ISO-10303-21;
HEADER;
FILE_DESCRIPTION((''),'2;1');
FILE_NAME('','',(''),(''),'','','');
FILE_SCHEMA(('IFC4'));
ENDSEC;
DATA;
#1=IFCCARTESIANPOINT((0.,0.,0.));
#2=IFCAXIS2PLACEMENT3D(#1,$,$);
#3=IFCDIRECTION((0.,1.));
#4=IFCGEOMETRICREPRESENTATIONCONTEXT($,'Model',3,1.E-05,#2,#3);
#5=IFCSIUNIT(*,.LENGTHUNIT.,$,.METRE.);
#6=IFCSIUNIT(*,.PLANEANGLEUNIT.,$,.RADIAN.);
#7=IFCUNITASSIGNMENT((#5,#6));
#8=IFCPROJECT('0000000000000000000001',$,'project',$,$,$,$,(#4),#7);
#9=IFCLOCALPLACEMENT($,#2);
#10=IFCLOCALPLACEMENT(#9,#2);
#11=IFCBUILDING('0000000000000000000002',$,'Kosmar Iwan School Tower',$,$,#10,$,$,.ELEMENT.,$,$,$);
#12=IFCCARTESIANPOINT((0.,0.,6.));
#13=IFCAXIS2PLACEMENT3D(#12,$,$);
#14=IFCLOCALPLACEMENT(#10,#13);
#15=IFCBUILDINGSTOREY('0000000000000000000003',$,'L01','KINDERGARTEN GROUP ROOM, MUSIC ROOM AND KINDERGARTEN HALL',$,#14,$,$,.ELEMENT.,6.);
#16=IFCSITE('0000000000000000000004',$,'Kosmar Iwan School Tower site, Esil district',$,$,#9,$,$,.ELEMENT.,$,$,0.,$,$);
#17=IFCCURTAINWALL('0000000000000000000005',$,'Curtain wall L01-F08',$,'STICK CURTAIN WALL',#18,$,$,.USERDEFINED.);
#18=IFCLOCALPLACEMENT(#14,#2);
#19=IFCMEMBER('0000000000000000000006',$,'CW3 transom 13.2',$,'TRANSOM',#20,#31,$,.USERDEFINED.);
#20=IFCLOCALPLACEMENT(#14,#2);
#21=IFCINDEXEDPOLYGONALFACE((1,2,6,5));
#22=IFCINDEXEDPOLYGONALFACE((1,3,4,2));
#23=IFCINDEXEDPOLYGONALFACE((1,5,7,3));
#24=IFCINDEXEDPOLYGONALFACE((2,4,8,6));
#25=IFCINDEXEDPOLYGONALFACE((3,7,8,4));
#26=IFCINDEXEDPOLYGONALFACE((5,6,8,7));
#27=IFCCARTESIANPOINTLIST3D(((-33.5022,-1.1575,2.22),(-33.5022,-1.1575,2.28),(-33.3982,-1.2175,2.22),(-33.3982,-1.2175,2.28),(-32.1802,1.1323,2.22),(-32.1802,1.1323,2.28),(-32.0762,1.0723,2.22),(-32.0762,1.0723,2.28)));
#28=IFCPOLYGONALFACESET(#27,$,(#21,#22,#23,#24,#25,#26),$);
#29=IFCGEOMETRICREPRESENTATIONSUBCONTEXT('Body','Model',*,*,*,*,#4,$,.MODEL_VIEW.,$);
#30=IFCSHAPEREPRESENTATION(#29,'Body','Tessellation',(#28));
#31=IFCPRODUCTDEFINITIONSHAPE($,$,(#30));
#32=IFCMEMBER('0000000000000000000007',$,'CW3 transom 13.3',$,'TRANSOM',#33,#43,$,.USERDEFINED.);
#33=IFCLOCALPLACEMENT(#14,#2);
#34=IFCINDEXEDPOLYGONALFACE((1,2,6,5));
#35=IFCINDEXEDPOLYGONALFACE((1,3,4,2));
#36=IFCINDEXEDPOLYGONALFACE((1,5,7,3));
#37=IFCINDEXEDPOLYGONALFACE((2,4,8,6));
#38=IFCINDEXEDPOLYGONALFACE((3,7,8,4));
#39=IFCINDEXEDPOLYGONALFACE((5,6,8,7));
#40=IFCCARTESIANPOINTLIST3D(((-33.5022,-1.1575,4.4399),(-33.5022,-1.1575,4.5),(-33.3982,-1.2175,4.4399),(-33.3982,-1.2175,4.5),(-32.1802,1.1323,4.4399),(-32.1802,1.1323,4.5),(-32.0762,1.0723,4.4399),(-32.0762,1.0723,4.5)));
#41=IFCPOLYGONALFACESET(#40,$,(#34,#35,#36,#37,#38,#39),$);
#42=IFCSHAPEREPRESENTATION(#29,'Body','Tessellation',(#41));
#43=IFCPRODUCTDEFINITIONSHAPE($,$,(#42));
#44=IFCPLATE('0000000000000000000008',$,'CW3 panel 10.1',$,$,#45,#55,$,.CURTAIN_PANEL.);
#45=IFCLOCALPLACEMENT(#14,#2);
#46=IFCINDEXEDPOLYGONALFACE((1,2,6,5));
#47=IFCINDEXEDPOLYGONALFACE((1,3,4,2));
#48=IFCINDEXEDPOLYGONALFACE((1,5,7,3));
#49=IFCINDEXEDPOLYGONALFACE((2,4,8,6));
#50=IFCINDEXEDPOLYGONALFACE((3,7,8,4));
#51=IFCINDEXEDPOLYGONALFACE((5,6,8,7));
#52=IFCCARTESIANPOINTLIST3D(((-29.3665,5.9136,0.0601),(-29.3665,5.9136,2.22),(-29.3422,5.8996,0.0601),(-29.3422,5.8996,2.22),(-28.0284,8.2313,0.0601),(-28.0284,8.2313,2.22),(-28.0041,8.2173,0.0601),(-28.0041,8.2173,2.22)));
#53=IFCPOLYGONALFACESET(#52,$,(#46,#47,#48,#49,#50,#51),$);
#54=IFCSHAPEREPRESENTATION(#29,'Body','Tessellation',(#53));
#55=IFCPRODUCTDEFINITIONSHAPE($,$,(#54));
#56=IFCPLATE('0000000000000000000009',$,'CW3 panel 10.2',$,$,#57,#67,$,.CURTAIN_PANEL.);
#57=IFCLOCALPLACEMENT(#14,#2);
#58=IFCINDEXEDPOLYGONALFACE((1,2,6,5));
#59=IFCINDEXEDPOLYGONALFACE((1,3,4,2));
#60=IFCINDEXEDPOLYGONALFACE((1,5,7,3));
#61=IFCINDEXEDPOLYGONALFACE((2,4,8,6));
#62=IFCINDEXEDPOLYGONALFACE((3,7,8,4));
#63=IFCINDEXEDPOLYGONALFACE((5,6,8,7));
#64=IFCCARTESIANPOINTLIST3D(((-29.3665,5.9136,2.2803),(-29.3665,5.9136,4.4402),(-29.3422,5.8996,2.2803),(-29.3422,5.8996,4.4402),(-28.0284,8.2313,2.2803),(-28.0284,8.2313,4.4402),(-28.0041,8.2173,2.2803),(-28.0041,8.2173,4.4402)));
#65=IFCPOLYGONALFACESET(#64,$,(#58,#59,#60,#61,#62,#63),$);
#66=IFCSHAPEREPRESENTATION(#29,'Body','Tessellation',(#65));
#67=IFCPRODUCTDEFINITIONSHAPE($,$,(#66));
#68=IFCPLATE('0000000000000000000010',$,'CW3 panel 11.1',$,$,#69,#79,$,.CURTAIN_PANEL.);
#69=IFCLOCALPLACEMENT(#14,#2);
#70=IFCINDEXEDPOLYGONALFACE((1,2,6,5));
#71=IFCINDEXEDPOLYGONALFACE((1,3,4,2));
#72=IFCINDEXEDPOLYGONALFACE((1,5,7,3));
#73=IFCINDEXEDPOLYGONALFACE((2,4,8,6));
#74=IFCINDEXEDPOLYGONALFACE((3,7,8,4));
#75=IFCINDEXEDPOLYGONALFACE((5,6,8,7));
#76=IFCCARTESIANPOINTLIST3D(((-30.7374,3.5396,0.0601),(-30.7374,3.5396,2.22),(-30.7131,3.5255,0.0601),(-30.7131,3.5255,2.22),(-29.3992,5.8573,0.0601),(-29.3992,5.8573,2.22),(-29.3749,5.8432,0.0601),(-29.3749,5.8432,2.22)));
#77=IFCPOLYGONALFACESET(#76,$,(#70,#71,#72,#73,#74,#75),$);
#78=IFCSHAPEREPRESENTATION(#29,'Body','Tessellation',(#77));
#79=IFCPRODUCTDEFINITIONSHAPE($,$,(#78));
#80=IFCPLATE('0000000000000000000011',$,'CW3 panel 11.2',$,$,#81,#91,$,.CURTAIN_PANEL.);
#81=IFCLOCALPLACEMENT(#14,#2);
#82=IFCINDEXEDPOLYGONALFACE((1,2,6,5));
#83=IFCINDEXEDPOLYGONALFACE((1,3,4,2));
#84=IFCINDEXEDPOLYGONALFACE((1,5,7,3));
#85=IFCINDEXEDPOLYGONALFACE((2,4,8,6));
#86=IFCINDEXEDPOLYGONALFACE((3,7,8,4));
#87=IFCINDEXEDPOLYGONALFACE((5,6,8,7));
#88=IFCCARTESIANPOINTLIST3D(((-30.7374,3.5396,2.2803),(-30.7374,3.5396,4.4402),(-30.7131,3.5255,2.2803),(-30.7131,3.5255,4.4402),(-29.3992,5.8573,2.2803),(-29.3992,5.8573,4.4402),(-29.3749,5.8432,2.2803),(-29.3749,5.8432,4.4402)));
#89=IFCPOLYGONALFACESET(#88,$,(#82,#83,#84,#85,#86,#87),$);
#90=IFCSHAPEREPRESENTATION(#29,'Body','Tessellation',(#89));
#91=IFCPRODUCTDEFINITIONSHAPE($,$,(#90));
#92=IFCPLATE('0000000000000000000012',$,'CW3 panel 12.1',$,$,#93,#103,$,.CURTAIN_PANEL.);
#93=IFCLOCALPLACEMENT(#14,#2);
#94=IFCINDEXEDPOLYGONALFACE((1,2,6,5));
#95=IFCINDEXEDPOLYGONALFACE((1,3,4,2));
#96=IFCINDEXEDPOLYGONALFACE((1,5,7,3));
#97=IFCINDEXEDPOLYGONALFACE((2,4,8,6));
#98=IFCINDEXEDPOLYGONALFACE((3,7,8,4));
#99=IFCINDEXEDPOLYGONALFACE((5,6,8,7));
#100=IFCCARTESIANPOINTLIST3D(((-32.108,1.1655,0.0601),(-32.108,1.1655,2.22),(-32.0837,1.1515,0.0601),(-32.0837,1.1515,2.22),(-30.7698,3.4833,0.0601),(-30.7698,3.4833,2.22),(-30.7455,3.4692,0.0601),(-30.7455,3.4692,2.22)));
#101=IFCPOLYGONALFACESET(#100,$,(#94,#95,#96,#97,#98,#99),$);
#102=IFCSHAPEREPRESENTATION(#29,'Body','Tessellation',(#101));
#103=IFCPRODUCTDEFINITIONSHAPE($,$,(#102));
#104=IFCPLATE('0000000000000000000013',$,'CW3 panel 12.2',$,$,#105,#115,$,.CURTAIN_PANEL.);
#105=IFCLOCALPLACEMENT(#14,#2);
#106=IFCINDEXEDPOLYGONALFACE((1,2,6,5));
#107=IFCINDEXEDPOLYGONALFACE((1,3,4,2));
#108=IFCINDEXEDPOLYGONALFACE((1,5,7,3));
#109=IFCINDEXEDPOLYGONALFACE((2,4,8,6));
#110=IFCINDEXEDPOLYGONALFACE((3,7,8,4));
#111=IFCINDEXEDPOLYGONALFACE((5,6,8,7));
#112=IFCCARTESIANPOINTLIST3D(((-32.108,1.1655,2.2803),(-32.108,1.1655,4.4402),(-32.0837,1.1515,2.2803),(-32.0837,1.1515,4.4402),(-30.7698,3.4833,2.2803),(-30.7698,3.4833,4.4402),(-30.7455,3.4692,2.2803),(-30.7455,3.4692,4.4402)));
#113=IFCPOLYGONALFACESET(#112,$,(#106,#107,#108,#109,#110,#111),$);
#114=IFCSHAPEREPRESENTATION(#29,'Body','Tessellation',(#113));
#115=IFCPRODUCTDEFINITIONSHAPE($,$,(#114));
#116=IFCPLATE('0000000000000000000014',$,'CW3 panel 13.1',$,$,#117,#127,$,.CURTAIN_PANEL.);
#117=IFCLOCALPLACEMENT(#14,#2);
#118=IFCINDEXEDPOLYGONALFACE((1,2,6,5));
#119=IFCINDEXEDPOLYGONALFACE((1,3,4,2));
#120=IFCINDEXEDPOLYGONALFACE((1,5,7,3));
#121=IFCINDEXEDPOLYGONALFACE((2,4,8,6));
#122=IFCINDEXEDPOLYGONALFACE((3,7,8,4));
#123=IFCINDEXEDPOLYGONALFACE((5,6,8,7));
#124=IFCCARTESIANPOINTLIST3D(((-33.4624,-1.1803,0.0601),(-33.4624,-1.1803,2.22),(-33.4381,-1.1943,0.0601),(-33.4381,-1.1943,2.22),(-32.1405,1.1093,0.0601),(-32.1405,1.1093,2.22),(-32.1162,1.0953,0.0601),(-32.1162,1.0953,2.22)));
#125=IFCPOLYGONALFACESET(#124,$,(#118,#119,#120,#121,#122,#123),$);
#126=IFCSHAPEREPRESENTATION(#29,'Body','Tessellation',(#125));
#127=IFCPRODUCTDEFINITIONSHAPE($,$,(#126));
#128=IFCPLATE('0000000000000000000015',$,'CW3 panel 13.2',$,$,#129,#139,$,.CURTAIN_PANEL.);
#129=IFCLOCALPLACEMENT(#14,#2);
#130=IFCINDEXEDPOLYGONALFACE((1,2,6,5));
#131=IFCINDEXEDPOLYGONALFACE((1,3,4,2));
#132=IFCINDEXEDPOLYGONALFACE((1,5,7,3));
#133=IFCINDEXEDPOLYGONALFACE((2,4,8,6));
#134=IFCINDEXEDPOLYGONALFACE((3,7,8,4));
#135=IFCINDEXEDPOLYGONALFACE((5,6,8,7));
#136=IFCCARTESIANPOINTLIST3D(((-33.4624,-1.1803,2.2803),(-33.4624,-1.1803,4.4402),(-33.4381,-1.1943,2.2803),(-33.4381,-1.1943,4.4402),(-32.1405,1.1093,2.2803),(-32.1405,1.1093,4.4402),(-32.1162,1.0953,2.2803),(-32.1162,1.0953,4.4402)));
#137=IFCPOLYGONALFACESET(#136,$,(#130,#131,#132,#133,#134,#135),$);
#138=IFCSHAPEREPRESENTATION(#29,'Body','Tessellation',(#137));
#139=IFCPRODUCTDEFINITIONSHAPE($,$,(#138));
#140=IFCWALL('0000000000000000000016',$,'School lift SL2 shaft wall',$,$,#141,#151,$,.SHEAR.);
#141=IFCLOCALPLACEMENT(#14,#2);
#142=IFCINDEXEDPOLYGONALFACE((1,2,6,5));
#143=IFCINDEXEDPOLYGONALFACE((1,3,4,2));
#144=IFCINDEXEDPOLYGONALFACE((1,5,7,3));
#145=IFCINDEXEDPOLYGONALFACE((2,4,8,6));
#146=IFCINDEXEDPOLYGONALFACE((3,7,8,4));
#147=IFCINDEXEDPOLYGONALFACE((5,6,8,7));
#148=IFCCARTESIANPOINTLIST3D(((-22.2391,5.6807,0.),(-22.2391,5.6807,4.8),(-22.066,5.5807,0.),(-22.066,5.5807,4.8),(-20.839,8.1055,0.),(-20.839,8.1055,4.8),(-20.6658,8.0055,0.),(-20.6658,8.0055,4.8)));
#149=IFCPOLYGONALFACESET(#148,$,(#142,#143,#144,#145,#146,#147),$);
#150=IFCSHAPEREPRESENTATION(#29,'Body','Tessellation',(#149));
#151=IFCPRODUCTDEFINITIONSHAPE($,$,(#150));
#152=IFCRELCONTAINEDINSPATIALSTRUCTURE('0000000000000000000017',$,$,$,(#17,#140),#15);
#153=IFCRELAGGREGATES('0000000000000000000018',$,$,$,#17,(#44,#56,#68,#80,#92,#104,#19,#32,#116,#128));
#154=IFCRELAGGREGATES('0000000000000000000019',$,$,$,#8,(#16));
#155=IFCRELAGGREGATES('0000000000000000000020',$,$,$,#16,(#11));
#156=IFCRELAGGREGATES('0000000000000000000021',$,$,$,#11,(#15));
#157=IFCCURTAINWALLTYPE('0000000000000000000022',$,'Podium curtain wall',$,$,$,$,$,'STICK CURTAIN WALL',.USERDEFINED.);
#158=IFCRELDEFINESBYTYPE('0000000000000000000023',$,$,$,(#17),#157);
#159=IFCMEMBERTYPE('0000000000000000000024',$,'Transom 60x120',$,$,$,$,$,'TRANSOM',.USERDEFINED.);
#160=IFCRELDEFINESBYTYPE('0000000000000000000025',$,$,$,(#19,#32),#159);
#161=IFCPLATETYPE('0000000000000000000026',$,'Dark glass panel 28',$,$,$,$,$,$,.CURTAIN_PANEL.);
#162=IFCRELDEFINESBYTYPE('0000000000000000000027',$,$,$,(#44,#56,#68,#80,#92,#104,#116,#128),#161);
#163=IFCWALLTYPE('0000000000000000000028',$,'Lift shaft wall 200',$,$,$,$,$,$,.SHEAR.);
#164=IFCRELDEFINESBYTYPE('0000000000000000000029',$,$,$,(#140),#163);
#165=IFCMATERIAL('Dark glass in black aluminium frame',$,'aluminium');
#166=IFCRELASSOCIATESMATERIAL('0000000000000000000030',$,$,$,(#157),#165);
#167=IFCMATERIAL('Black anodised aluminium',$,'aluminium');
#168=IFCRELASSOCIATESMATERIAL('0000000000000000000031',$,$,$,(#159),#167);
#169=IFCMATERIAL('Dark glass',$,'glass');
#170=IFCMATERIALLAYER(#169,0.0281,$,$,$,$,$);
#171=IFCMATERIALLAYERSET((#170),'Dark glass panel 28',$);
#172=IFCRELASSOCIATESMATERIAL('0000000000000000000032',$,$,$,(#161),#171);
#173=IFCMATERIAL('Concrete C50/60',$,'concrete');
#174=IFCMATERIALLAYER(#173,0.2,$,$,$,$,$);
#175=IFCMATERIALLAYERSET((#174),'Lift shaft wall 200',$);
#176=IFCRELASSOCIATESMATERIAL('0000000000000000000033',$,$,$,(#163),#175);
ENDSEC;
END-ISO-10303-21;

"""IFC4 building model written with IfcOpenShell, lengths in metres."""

from ifc_helpers import new_model, si_unit, direction, frame, frame_2d, origin, origin_2d, place, context, subcontext, project, spatial, rectangle, extrude, material, layer, layer_set, material_profile, profile_set, type_object, element, aggregate, save


model = new_model("IFC4")

# Units and contexts
model_context = context("Model", 3, precision=1e-05, world=origin(), true_north=direction((0.0, 1.0)))
body_context = subcontext(model_context, "Body", "Model", "MODEL_VIEW")
ifc_project = project(units=[si_unit("LENGTHUNIT", "METRE"), si_unit("PLANEANGLEUNIT", "RADIAN")], contexts=[model_context])

# Site, building, storey
site_placement = place(None, origin())
site = spatial("IfcSite", under=ifc_project, at=site_placement, Name="Kosmar Iwan School Tower site, Esil district", CompositionType="ELEMENT", RefElevation=0.0)
building_placement = place(site_placement, origin())
building = spatial("IfcBuilding", under=site, at=building_placement, Name="Kosmar Iwan School Tower", CompositionType="ELEMENT")
storey_placement = place(building_placement, frame((0.0, 0.0, 6.0)))
storey = spatial("IfcBuildingStorey", under=building, at=storey_placement, Name="L01", Description="KINDERGARTEN GROUP ROOM, MUSIC ROOM AND KINDERGARTEN HALL", CompositionType="ELEMENT", Elevation=6.0)

# Curtain wall, members, plates
ifc_material_1 = material(Name="Dark glass in black aluminium frame", Category="aluminium")
curtain_wall_type = type_object("IfcCurtainWallType", Name="Podium curtain wall", ElementType="STICK CURTAIN WALL", PredefinedType="USERDEFINED", material=ifc_material_1)
curtain_wall_placement = place(storey_placement, origin())
curtain_wall = element("IfcCurtainWall", 1, at=curtain_wall_placement, inside=storey, type_object=curtain_wall_type, Name="Curtain wall L01-F08", ObjectType="STICK CURTAIN WALL", PredefinedType="USERDEFINED")
ifc_material_2 = material(Name="Black anodised aluminium", Category="aluminium")
ifc_material_profile_1 = material_profile(ifc_material_2, rectangle(XDim=0.1201, YDim=0.0601, at=origin_2d()), Name="TRANSOM 60x120")
ifc_profile_set_1 = profile_set([ifc_material_profile_1], Name="Black anodised aluminium")
member_type_1 = type_object("IfcMemberType", Name="Transom 60x120", ElementType="TRANSOM", PredefinedType="USERDEFINED", material=ifc_profile_set_1)
member_1_placement = place(storey_placement, frame((-32.1282, 1.1023, 2.25), z_axis=(-0.500002, -0.866024, 0.0), x_axis=(0.866024, -0.500002, 0.0)))
member_1 = element("IfcMember", 2, at=member_1_placement, type_object=member_type_1, Name="CW3 transom 13.2", ObjectType="TRANSOM", PredefinedType="USERDEFINED", context=body_context, shape_type="SweptSolid", body=[
    extrude(rectangle(XDim=0.1201, YDim=0.0601, at=origin_2d()), origin(), (0.0, 0.0, 1.0), 2.644),
])
member_2_placement = place(storey_placement, frame((-32.1282, 1.1023, 4.47), z_axis=(-0.500002, -0.866024, 0.0), x_axis=(0.866024, -0.500002, 0.0)))
member_2 = element("IfcMember", 3, at=member_2_placement, type_object=member_type_1, Name="CW3 transom 13.3", ObjectType="TRANSOM", PredefinedType="USERDEFINED", context=body_context, shape_type="SweptSolid", body=[
    extrude(rectangle(XDim=0.1201, YDim=0.0601, at=origin_2d()), origin(), (0.0, 0.0, 1.0), 2.644),
])
ifc_material_3 = material(Name="Dark glass", Category="glass")
ifc_layer_1 = layer(ifc_material_3, 0.0281)
ifc_layer_set_1 = layer_set([ifc_layer_1], Name="Dark glass panel 28")
plate_type = type_object("IfcPlateType", Name="Dark glass panel 28", PredefinedType="CURTAIN_PANEL", material=ifc_layer_set_1)
plate_1_placement = place(storey_placement, frame((-28.6853, 7.0654, 0.0601), z_axis=(0.0, 0.0, 1.0), x_axis=(-0.5, -0.866025, 0.0)))
plate_1 = element("IfcPlate", 4, at=plate_1_placement, type_object=plate_type, Name="CW3 panel 10.1", PredefinedType="CURTAIN_PANEL", context=body_context, shape_type="SweptSolid", body=[
    extrude(rectangle(XDim=2.6763, YDim=0.0281, at=origin_2d()), origin(), (0.0, 0.0, 1.0), 2.1599),
])
plate_2_placement = place(storey_placement, frame((-28.6853, 7.0654, 2.2803), z_axis=(0.0, 0.0, 1.0), x_axis=(-0.5, -0.866025, 0.0)))
plate_2 = element("IfcPlate", 5, at=plate_2_placement, type_object=plate_type, Name="CW3 panel 10.2", PredefinedType="CURTAIN_PANEL", context=body_context, shape_type="SweptSolid", body=[
    extrude(rectangle(XDim=2.6763, YDim=0.0281, at=origin_2d()), origin(), (0.0, 0.0, 1.0), 2.1599),
])
plate_3_placement = place(storey_placement, frame((-30.0562, 4.6914, 0.0601), z_axis=(0.0, 0.0, 1.0), x_axis=(-0.5, -0.866025, 0.0)))
plate_3 = element("IfcPlate", 6, at=plate_3_placement, type_object=plate_type, Name="CW3 panel 11.1", PredefinedType="CURTAIN_PANEL", context=body_context, shape_type="SweptSolid", body=[
    extrude(rectangle(XDim=2.6763, YDim=0.0281, at=origin_2d()), origin(), (0.0, 0.0, 1.0), 2.1599),
])
plate_4_placement = place(storey_placement, frame((-30.0562, 4.6914, 2.2803), z_axis=(0.0, 0.0, 1.0), x_axis=(-0.5, -0.866025, 0.0)))
plate_4 = element("IfcPlate", 7, at=plate_4_placement, type_object=plate_type, Name="CW3 panel 11.2", PredefinedType="CURTAIN_PANEL", context=body_context, shape_type="SweptSolid", body=[
    extrude(rectangle(XDim=2.6763, YDim=0.0281, at=origin_2d()), origin(), (0.0, 0.0, 1.0), 2.1599),
])
plate_5_placement = place(storey_placement, frame((-31.4268, 2.3174, 0.0601), z_axis=(0.0, 0.0, 1.0), x_axis=(-0.5, -0.866025, 0.0)))
plate_5 = element("IfcPlate", 8, at=plate_5_placement, type_object=plate_type, Name="CW3 panel 12.1", PredefinedType="CURTAIN_PANEL", context=body_context, shape_type="SweptSolid", body=[
    extrude(rectangle(XDim=2.6763, YDim=0.0281, at=origin_2d()), origin(), (0.0, 0.0, 1.0), 2.1599),
])
plate_6_placement = place(storey_placement, frame((-31.4268, 2.3174, 2.2803), z_axis=(0.0, 0.0, 1.0), x_axis=(-0.5, -0.866025, 0.0)))
plate_6 = element("IfcPlate", 9, at=plate_6_placement, type_object=plate_type, Name="CW3 panel 12.2", PredefinedType="CURTAIN_PANEL", context=body_context, shape_type="SweptSolid", body=[
    extrude(rectangle(XDim=2.6763, YDim=0.0281, at=origin_2d()), origin(), (0.0, 0.0, 1.0), 2.1599),
])
plate_7_placement = place(storey_placement, frame((-32.7893, -0.0425, 0.0601), z_axis=(0.0, 0.0, 1.0), x_axis=(-0.5, -0.866025, 0.0)))
plate_7 = element("IfcPlate", 10, at=plate_7_placement, type_object=plate_type, Name="CW3 panel 13.1", PredefinedType="CURTAIN_PANEL", context=body_context, shape_type="SweptSolid", body=[
    extrude(rectangle(XDim=2.6438, YDim=0.0281, at=origin_2d()), origin(), (0.0, 0.0, 1.0), 2.1599),
])
plate_8_placement = place(storey_placement, frame((-32.7893, -0.0425, 2.2803), z_axis=(0.0, 0.0, 1.0), x_axis=(-0.5, -0.866025, 0.0)))
plate_8 = element("IfcPlate", 11, at=plate_8_placement, type_object=plate_type, Name="CW3 panel 13.2", PredefinedType="CURTAIN_PANEL", context=body_context, shape_type="SweptSolid", body=[
    extrude(rectangle(XDim=2.6438, YDim=0.0281, at=origin_2d()), origin(), (0.0, 0.0, 1.0), 2.1599),
])
aggregate(curtain_wall, [plate_1, plate_2, plate_3, plate_4, plate_5, plate_6, member_1, member_2, plate_7, plate_8])

# Wall
ifc_material_4 = material(Name="Concrete C50/60", Category="concrete")
ifc_layer_2 = layer(ifc_material_4, 0.2)
ifc_layer_set_2 = layer_set([ifc_layer_2], Name="Lift shaft wall 200")
wall_type = type_object("IfcWallType", Name="Lift shaft wall 200", PredefinedType="SHEAR", material=ifc_layer_set_2)
wall_placement = place(storey_placement, frame((-20.7524, 8.0554, 0.0), z_axis=(0.0, 0.0, 1.0), x_axis=(-0.50005, -0.865997, 0.0)))
element("IfcWall", 12, at=wall_placement, inside=storey, type_object=wall_type, Name="School lift SL2 shaft wall", PredefinedType="SHEAR", context=body_context, shape_type="SweptSolid", body=[
    extrude(rectangle(XDim=2.8, YDim=0.2, at=frame_2d((1.3999, 0.0))), origin(), (0.0, 0.0, 1.0), 4.8),
])

save(model, "model.ifc")
